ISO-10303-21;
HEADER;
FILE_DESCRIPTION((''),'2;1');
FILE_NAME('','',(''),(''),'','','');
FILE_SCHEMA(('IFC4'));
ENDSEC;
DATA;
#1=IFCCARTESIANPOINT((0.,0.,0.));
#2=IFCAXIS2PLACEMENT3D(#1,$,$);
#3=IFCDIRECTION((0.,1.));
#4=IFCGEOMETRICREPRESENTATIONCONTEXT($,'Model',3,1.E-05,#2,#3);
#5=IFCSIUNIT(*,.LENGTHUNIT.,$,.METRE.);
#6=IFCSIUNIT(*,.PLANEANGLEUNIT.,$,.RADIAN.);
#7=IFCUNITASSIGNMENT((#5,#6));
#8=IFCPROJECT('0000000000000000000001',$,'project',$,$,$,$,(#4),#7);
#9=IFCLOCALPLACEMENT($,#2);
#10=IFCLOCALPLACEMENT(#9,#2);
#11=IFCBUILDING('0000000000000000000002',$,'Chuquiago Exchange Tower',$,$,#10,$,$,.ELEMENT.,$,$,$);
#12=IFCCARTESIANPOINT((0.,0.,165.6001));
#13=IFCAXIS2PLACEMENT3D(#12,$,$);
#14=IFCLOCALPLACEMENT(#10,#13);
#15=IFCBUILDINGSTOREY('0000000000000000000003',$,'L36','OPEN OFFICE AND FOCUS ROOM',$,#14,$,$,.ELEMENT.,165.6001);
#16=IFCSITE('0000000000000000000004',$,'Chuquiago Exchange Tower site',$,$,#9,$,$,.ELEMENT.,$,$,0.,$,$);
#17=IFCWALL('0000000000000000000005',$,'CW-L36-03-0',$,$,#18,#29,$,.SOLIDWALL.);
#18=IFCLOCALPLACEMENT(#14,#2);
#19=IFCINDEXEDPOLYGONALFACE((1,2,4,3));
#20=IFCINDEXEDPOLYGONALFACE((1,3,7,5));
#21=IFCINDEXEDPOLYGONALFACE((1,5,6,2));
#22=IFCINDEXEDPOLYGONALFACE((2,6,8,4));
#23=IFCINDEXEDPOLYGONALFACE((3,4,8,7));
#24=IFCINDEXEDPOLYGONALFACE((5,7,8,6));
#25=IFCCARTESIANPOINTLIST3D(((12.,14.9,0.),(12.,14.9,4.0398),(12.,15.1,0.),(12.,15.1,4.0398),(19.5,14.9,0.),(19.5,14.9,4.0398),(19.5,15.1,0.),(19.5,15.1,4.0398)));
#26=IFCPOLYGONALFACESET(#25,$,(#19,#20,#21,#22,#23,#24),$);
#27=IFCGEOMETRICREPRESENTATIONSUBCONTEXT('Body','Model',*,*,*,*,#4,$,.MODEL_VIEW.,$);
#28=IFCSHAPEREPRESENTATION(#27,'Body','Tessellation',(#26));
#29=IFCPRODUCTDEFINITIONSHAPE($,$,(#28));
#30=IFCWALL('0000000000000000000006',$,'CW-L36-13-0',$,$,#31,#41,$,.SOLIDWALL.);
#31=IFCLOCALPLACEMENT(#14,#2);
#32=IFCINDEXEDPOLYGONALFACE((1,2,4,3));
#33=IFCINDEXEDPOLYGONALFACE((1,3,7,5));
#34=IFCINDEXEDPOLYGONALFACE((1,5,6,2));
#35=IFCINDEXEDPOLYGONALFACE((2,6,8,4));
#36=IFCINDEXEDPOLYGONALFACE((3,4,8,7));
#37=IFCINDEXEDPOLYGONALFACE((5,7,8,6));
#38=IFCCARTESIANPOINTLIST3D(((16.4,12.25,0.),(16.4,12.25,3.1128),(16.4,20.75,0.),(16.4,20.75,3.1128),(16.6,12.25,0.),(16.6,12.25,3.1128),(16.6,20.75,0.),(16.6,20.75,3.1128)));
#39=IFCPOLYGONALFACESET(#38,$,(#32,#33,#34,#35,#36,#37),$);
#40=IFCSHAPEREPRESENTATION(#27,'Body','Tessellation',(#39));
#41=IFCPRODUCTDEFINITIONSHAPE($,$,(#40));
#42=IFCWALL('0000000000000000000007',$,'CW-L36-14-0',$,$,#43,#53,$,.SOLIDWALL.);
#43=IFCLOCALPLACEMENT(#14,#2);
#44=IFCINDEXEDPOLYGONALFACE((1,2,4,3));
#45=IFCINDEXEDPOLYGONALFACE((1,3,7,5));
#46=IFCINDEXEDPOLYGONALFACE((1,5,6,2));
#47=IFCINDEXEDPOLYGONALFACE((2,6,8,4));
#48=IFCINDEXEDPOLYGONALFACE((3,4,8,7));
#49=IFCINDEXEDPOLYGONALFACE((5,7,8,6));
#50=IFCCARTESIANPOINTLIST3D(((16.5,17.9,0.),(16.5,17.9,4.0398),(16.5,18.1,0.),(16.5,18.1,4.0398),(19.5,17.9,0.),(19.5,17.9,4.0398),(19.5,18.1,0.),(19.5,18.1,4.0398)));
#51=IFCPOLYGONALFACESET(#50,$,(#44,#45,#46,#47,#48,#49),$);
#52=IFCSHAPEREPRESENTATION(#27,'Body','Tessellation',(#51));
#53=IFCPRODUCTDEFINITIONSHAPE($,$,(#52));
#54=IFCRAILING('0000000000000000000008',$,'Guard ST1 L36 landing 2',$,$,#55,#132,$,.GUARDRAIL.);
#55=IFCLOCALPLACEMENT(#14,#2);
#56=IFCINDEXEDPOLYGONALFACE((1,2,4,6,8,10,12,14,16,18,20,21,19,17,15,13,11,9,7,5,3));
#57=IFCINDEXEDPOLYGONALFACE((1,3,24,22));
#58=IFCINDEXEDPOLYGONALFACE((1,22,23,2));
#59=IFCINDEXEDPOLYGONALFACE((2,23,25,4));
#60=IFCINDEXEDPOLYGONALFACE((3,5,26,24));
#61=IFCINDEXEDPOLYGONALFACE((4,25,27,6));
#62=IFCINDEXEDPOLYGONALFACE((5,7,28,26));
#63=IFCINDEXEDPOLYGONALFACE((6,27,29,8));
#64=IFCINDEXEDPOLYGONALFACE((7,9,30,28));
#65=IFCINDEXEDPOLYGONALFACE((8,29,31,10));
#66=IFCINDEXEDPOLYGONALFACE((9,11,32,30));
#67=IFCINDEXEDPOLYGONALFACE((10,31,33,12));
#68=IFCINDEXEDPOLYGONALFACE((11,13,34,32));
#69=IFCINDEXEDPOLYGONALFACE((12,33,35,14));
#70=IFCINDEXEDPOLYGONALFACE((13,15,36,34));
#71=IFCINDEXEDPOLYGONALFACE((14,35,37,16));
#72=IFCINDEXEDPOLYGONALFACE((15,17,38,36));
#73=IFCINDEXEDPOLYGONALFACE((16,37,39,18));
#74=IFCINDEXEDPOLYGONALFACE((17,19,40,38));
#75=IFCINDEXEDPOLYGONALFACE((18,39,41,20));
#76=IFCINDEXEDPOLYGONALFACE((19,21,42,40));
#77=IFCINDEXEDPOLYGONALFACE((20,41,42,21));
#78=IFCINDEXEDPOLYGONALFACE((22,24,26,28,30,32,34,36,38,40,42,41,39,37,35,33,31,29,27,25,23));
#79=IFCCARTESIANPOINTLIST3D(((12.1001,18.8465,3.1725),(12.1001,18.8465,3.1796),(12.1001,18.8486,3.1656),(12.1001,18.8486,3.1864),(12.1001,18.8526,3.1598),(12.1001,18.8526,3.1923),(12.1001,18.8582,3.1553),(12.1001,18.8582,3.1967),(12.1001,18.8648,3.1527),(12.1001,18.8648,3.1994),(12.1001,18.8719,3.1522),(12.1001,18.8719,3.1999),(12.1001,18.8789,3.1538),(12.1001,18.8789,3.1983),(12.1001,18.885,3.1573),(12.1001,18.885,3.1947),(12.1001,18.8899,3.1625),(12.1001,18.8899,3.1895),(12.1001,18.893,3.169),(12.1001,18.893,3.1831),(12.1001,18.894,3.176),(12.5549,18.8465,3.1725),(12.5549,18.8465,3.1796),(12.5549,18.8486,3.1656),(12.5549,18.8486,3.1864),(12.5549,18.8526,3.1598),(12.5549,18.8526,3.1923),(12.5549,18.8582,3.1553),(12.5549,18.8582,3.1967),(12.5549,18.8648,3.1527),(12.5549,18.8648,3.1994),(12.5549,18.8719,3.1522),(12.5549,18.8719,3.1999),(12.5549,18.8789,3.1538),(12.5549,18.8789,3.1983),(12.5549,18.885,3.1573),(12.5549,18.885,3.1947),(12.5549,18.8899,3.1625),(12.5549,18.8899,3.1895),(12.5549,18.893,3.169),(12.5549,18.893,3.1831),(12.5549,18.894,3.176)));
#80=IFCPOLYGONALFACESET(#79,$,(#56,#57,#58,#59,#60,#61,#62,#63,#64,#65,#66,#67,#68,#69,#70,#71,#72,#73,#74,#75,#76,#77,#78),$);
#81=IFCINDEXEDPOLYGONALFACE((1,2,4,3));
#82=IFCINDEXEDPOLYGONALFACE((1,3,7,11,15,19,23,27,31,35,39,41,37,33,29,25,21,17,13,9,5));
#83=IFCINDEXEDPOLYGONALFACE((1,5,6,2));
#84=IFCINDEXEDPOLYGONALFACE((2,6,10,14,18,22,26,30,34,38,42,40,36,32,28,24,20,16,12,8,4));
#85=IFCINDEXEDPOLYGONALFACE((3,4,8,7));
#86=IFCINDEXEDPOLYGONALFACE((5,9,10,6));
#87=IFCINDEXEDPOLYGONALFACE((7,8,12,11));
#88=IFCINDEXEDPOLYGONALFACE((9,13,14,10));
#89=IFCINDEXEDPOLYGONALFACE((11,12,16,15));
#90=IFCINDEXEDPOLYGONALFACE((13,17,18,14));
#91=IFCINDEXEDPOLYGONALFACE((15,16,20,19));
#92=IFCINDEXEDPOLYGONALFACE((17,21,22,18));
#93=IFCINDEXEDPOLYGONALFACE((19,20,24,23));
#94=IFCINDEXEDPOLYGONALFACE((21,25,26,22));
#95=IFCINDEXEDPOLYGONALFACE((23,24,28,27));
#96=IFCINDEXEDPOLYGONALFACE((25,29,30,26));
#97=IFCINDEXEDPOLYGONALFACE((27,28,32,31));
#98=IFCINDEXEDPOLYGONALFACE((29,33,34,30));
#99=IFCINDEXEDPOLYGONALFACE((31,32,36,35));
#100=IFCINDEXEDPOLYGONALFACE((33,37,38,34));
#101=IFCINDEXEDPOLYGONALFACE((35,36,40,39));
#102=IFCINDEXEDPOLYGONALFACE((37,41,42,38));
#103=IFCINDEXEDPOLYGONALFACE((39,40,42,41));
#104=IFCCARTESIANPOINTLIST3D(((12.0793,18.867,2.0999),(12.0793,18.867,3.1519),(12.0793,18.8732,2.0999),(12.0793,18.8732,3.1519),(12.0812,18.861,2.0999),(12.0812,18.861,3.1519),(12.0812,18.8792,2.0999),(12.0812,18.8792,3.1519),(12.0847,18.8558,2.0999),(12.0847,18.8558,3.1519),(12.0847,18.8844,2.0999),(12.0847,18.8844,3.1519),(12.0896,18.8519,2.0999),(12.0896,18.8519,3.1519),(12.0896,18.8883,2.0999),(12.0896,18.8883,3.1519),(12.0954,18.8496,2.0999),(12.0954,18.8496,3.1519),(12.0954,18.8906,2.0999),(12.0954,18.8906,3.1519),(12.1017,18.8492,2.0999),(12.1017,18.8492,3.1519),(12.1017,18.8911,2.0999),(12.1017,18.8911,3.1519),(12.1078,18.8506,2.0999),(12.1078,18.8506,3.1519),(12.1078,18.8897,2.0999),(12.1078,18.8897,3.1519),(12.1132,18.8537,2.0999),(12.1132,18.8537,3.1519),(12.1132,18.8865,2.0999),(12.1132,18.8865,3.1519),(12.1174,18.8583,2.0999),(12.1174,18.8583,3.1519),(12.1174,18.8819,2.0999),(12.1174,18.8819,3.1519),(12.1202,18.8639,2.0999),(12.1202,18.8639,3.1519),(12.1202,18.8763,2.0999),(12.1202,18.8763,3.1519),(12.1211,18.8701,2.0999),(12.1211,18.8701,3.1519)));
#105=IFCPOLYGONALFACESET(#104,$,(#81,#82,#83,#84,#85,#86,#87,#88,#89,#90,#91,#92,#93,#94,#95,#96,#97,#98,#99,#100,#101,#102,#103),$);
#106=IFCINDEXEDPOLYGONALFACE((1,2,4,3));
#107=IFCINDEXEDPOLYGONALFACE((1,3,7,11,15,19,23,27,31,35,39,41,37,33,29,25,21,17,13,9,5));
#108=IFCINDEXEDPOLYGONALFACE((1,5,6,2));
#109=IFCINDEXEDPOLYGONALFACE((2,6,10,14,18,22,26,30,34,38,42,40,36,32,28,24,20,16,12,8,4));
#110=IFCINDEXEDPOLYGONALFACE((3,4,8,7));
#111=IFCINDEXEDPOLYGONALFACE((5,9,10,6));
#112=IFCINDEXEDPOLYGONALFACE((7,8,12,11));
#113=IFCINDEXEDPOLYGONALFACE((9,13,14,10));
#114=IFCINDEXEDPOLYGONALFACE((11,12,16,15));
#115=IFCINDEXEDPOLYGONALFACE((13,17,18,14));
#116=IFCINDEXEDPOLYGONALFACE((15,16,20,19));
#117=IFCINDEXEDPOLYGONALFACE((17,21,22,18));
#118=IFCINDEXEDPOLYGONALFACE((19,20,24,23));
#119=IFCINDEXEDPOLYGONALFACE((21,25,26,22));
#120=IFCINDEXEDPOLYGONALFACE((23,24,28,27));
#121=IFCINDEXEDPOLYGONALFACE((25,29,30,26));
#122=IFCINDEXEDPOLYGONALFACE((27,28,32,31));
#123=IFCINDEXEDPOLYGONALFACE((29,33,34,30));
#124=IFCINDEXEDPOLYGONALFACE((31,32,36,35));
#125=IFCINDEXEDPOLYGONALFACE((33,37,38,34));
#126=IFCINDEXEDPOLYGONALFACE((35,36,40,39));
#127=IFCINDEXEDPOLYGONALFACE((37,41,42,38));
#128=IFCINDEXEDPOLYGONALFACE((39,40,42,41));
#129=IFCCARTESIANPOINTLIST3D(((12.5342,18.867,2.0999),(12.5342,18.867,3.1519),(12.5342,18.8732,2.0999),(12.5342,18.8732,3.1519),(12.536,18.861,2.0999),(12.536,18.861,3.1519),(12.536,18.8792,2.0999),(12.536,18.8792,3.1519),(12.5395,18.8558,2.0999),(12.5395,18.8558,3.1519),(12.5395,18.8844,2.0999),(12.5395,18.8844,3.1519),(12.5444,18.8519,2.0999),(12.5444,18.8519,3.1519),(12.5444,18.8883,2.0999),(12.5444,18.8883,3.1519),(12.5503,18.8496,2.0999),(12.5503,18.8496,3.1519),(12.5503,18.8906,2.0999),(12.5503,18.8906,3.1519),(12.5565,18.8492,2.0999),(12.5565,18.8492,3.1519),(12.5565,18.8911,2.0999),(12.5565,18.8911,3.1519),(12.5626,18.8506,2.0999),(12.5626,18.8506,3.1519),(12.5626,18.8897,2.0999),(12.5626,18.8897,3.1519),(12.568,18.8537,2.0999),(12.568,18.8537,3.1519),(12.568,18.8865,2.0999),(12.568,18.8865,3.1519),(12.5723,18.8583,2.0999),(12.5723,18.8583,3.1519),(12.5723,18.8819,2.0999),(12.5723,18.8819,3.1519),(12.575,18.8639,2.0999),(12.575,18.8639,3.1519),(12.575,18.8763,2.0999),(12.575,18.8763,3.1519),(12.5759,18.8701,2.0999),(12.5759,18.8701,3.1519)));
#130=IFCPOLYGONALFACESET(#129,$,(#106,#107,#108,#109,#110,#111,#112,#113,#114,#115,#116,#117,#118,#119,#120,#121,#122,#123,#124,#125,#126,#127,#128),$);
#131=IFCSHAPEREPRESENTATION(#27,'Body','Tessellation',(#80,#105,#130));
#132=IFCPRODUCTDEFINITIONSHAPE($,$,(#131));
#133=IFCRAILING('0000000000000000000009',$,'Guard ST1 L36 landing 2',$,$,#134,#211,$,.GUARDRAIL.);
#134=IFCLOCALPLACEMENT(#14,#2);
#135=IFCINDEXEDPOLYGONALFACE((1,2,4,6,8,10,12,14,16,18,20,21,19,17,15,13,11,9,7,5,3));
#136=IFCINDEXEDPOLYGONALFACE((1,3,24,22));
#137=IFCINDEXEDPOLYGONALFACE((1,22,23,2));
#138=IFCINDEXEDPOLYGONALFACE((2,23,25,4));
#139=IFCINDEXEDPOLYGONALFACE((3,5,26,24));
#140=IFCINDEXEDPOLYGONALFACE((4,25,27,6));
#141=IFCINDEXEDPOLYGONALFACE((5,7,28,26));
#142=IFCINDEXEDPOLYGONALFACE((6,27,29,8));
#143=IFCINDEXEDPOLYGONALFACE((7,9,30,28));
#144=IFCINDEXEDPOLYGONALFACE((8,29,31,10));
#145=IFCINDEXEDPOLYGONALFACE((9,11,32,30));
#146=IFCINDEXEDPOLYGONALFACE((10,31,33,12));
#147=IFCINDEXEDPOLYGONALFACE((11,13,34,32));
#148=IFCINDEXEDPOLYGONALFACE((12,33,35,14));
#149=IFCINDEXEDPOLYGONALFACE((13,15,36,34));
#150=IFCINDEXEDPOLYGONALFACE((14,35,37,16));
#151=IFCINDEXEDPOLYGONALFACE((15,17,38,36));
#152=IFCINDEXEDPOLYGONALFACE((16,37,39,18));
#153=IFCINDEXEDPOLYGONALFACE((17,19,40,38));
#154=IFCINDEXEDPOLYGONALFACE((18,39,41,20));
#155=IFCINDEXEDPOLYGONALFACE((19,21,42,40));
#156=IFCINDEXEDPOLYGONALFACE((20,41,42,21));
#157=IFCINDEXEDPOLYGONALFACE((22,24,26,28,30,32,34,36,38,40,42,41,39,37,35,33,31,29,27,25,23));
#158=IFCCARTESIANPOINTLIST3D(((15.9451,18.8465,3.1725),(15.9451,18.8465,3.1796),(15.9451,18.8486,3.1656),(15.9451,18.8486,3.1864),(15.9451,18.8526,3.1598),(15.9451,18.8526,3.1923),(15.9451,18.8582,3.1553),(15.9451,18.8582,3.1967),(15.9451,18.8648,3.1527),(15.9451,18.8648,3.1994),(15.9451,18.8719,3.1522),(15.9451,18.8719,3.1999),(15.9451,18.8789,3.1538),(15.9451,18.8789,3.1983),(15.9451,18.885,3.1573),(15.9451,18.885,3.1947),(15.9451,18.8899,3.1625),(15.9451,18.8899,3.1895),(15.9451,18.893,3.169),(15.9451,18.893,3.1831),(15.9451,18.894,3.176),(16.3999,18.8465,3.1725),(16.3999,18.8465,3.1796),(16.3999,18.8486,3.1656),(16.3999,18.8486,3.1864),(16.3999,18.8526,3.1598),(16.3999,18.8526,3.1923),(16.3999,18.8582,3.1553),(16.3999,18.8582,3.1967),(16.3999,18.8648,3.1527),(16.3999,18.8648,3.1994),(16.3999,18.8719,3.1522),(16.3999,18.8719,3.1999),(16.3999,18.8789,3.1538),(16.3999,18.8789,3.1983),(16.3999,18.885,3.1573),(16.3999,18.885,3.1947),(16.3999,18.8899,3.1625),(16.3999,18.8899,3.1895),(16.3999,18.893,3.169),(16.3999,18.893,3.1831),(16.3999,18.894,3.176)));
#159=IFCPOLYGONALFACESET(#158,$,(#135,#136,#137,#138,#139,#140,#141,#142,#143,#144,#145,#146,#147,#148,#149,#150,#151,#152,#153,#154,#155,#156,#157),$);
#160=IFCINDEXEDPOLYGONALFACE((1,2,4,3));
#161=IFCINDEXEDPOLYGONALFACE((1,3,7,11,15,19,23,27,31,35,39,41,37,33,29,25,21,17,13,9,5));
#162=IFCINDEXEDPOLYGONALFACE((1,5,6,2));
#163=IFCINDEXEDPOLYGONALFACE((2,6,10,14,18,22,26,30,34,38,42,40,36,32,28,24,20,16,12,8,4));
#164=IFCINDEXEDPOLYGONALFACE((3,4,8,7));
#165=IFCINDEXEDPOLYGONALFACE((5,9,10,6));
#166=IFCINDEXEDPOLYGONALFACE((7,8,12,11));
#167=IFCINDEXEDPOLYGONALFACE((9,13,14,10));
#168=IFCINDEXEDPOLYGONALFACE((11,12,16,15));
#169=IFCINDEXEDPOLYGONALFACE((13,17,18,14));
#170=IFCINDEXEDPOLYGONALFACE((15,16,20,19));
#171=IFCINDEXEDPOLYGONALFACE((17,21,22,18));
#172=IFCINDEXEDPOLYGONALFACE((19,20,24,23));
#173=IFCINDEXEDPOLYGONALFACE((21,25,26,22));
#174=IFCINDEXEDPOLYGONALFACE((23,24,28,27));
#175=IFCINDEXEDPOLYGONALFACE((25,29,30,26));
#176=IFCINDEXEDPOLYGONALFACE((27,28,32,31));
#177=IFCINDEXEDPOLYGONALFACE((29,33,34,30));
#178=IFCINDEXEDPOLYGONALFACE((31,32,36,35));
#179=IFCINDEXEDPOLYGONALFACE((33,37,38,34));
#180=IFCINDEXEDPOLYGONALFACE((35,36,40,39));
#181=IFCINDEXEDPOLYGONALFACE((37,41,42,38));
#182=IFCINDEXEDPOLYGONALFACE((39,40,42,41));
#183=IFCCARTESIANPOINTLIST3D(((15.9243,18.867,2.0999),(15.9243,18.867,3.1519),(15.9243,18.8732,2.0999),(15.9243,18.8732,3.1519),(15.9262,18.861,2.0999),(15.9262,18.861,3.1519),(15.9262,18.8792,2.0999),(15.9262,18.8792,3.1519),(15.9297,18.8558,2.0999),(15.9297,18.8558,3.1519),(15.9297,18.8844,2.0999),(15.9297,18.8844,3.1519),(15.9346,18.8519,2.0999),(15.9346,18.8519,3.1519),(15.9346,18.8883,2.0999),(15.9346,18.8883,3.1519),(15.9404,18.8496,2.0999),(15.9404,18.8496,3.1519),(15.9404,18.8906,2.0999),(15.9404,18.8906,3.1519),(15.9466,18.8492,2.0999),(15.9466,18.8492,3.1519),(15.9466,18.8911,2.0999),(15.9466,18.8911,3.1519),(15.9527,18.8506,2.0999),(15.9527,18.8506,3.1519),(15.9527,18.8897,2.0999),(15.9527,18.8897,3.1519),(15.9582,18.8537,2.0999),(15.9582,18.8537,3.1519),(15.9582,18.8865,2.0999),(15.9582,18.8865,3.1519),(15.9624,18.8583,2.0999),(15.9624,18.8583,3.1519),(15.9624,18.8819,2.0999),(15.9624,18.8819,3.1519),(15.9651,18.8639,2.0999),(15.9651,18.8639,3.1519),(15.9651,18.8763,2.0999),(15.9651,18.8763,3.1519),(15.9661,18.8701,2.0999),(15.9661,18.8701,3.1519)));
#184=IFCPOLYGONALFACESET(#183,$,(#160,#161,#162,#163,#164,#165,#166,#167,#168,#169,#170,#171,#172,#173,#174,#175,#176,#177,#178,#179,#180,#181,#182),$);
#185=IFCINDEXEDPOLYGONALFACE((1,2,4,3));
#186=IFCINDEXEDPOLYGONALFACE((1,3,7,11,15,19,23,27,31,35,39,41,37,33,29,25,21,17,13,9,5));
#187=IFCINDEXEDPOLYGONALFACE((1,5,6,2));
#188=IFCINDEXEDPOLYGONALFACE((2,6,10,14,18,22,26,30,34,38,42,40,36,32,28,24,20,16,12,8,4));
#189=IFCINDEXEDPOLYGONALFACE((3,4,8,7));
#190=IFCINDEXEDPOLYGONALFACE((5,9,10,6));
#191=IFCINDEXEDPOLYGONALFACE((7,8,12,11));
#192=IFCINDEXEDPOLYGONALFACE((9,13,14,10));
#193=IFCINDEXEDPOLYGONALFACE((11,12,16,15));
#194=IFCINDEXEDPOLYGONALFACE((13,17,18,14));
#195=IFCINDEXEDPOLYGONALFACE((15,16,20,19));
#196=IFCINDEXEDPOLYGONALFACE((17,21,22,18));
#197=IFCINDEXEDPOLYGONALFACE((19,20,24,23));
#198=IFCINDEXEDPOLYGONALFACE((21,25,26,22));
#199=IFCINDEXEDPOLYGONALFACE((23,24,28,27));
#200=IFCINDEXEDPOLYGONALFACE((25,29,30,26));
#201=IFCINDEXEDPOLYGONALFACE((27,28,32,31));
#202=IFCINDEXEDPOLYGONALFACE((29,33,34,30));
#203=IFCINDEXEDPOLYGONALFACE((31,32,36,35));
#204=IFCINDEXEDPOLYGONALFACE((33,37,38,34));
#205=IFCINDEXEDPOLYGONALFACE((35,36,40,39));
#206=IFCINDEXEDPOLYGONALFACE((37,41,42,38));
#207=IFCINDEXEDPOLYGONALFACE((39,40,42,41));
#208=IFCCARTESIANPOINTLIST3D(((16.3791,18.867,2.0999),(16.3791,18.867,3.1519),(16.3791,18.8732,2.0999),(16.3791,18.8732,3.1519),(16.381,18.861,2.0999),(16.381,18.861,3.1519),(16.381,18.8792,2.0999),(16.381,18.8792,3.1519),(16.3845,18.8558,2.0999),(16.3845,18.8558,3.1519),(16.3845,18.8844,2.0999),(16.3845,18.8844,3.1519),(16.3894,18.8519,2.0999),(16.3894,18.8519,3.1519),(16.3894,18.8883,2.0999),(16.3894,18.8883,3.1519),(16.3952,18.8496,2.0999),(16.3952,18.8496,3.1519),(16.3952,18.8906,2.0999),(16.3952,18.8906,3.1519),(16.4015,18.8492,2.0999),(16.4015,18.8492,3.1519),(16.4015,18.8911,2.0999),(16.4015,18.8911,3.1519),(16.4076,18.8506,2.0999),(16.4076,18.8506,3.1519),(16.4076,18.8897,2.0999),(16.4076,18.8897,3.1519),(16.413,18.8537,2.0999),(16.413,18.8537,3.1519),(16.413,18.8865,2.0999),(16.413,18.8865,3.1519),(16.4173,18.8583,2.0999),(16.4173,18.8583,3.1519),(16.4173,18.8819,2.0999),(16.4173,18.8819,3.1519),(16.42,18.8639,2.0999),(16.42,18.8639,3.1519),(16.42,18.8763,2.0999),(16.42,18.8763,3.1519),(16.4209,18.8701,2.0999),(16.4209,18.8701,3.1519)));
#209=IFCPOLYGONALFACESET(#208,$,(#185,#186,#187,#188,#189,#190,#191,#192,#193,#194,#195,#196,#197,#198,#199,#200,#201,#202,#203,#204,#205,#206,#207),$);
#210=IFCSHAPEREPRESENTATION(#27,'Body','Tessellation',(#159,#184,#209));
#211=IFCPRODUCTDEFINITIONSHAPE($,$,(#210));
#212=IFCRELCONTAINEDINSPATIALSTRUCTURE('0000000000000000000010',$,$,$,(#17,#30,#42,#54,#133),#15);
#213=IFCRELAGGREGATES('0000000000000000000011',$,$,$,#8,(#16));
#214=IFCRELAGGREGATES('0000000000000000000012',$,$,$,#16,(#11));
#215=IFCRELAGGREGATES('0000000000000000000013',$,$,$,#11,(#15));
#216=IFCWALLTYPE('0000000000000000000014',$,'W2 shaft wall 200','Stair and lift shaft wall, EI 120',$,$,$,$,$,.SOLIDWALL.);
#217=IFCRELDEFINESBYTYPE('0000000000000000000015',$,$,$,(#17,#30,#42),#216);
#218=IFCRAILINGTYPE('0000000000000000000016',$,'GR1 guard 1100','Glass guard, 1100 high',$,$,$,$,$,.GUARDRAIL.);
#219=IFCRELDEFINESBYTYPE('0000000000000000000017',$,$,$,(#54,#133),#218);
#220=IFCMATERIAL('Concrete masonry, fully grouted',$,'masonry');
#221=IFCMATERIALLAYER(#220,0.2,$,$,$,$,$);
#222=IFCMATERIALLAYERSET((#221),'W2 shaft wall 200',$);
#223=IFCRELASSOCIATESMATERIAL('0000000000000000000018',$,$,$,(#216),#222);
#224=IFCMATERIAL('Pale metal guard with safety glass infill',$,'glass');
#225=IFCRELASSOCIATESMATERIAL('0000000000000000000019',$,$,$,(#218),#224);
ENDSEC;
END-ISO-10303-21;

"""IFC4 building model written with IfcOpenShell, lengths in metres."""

from ifc_helpers import new_model, si_unit, direction, frame, frame_2d, origin, origin_2d, place, context, subcontext, project, spatial, rectangle, circle, extrude, material, layer, layer_set, type_object, element, save


model = new_model("IFC4")

# Units and contexts
model_context = context("Model", 3, precision=1e-05, world=origin(), true_north=direction((0.0, 1.0)))
body_context = subcontext(model_context, "Body", "Model", "MODEL_VIEW")
ifc_project = project(units=[si_unit("LENGTHUNIT", "METRE"), si_unit("PLANEANGLEUNIT", "RADIAN")], contexts=[model_context])

# Site, building, storey
site_placement = place(None, origin())
site = spatial("IfcSite", under=ifc_project, at=site_placement, Name="Chuquiago Exchange Tower site", CompositionType="ELEMENT", RefElevation=0.0)
building_placement = place(site_placement, origin())
building = spatial("IfcBuilding", under=site, at=building_placement, Name="Chuquiago Exchange Tower", CompositionType="ELEMENT")
storey_placement = place(building_placement, frame((0.0, 0.0, 165.6001)))
storey = spatial("IfcBuildingStorey", under=building, at=storey_placement, Name="L36", Description="OPEN OFFICE AND FOCUS ROOM", CompositionType="ELEMENT", Elevation=165.6001)

# Walls
ifc_material_1 = material(Name="Concrete masonry, fully grouted", Category="masonry")
ifc_layer_1 = layer(ifc_material_1, 0.2)
ifc_layer_set_1 = layer_set([ifc_layer_1], Name="W2 shaft wall 200")
wall_type_1 = type_object("IfcWallType", Name="W2 shaft wall 200", Description="Stair and lift shaft wall, EI 120", PredefinedType="SOLIDWALL", material=ifc_layer_set_1)
wall_1_placement = place(storey_placement, frame((12.0, 15.0, 0.0), z_axis=(0.0, 0.0, 1.0), x_axis=(1.0, 0.0, 0.0)))
element("IfcWall", 1, at=wall_1_placement, inside=storey, type_object=wall_type_1, Name="CW-L36-03-0", PredefinedType="SOLIDWALL", context=body_context, shape_type="SweptSolid", body=[
    extrude(rectangle(XDim=7.5, YDim=0.2, at=frame_2d((3.75, 0.0))), origin(), (0.0, 0.0, 1.0), 4.0398),
])
wall_2_placement = place(storey_placement, frame((16.5, 12.25, 0.0), z_axis=(0.0, 0.0, 1.0), x_axis=(0.0, 1.0, 0.0)))
element("IfcWall", 2, at=wall_2_placement, inside=storey, type_object=wall_type_1, Name="CW-L36-13-0", PredefinedType="SOLIDWALL", context=body_context, shape_type="SweptSolid", body=[
    extrude(rectangle(XDim=8.5, YDim=0.2, at=frame_2d((4.25, 0.0))), origin(), (0.0, 0.0, 1.0), 3.1128),
])
wall_3_placement = place(storey_placement, frame((16.5, 18.0, 0.0), z_axis=(0.0, 0.0, 1.0), x_axis=(1.0, 0.0, 0.0)))
element("IfcWall", 3, at=wall_3_placement, inside=storey, type_object=wall_type_1, Name="CW-L36-14-0", PredefinedType="SOLIDWALL", context=body_context, shape_type="SweptSolid", body=[
    extrude(rectangle(XDim=3.0, YDim=0.2, at=frame_2d((1.5, 0.0))), origin(), (0.0, 0.0, 1.0), 4.0398),
])

# Railings
ifc_material_2 = material(Name="Pale metal guard with safety glass infill", Category="glass")
railing_type_1 = type_object("IfcRailingType", Name="GR1 guard 1100", Description="Glass guard, 1100 high", PredefinedType="GUARDRAIL", material=ifc_material_2)
for number, where, name in (
    (4, (12.1001, 18.8701, 2.0999), "Guard ST1 L36 landing 2"),
    (5, (15.9451, 18.8701, 2.0999), "Guard ST1 L36 landing 2"),
):
    element("IfcRailing", number, at=place(storey_placement, frame(where)), inside=storey, type_object=railing_type_1, Name=name, PredefinedType="GUARDRAIL", context=body_context, shape_type="SweptSolid", body=[
        extrude(circle(Radius=0.0239, at=origin_2d()), frame((0.0, 0.0, 1.0762), z_axis=(1.0, 0.0, 0.0), x_axis=(0.0, 1.0, 0.0)), (0.0, 0.0, 1.0), 0.4548),
        extrude(circle(Radius=0.021, at=origin_2d()), origin(), (0.0, 0.0, 1.0), 1.052),
        extrude(circle(Radius=0.021, at=origin_2d()), frame((0.4548, 0.0, 0.0)), (0.0, 0.0, 1.0), 1.052),
    ])

save(model, "model.ifc")
